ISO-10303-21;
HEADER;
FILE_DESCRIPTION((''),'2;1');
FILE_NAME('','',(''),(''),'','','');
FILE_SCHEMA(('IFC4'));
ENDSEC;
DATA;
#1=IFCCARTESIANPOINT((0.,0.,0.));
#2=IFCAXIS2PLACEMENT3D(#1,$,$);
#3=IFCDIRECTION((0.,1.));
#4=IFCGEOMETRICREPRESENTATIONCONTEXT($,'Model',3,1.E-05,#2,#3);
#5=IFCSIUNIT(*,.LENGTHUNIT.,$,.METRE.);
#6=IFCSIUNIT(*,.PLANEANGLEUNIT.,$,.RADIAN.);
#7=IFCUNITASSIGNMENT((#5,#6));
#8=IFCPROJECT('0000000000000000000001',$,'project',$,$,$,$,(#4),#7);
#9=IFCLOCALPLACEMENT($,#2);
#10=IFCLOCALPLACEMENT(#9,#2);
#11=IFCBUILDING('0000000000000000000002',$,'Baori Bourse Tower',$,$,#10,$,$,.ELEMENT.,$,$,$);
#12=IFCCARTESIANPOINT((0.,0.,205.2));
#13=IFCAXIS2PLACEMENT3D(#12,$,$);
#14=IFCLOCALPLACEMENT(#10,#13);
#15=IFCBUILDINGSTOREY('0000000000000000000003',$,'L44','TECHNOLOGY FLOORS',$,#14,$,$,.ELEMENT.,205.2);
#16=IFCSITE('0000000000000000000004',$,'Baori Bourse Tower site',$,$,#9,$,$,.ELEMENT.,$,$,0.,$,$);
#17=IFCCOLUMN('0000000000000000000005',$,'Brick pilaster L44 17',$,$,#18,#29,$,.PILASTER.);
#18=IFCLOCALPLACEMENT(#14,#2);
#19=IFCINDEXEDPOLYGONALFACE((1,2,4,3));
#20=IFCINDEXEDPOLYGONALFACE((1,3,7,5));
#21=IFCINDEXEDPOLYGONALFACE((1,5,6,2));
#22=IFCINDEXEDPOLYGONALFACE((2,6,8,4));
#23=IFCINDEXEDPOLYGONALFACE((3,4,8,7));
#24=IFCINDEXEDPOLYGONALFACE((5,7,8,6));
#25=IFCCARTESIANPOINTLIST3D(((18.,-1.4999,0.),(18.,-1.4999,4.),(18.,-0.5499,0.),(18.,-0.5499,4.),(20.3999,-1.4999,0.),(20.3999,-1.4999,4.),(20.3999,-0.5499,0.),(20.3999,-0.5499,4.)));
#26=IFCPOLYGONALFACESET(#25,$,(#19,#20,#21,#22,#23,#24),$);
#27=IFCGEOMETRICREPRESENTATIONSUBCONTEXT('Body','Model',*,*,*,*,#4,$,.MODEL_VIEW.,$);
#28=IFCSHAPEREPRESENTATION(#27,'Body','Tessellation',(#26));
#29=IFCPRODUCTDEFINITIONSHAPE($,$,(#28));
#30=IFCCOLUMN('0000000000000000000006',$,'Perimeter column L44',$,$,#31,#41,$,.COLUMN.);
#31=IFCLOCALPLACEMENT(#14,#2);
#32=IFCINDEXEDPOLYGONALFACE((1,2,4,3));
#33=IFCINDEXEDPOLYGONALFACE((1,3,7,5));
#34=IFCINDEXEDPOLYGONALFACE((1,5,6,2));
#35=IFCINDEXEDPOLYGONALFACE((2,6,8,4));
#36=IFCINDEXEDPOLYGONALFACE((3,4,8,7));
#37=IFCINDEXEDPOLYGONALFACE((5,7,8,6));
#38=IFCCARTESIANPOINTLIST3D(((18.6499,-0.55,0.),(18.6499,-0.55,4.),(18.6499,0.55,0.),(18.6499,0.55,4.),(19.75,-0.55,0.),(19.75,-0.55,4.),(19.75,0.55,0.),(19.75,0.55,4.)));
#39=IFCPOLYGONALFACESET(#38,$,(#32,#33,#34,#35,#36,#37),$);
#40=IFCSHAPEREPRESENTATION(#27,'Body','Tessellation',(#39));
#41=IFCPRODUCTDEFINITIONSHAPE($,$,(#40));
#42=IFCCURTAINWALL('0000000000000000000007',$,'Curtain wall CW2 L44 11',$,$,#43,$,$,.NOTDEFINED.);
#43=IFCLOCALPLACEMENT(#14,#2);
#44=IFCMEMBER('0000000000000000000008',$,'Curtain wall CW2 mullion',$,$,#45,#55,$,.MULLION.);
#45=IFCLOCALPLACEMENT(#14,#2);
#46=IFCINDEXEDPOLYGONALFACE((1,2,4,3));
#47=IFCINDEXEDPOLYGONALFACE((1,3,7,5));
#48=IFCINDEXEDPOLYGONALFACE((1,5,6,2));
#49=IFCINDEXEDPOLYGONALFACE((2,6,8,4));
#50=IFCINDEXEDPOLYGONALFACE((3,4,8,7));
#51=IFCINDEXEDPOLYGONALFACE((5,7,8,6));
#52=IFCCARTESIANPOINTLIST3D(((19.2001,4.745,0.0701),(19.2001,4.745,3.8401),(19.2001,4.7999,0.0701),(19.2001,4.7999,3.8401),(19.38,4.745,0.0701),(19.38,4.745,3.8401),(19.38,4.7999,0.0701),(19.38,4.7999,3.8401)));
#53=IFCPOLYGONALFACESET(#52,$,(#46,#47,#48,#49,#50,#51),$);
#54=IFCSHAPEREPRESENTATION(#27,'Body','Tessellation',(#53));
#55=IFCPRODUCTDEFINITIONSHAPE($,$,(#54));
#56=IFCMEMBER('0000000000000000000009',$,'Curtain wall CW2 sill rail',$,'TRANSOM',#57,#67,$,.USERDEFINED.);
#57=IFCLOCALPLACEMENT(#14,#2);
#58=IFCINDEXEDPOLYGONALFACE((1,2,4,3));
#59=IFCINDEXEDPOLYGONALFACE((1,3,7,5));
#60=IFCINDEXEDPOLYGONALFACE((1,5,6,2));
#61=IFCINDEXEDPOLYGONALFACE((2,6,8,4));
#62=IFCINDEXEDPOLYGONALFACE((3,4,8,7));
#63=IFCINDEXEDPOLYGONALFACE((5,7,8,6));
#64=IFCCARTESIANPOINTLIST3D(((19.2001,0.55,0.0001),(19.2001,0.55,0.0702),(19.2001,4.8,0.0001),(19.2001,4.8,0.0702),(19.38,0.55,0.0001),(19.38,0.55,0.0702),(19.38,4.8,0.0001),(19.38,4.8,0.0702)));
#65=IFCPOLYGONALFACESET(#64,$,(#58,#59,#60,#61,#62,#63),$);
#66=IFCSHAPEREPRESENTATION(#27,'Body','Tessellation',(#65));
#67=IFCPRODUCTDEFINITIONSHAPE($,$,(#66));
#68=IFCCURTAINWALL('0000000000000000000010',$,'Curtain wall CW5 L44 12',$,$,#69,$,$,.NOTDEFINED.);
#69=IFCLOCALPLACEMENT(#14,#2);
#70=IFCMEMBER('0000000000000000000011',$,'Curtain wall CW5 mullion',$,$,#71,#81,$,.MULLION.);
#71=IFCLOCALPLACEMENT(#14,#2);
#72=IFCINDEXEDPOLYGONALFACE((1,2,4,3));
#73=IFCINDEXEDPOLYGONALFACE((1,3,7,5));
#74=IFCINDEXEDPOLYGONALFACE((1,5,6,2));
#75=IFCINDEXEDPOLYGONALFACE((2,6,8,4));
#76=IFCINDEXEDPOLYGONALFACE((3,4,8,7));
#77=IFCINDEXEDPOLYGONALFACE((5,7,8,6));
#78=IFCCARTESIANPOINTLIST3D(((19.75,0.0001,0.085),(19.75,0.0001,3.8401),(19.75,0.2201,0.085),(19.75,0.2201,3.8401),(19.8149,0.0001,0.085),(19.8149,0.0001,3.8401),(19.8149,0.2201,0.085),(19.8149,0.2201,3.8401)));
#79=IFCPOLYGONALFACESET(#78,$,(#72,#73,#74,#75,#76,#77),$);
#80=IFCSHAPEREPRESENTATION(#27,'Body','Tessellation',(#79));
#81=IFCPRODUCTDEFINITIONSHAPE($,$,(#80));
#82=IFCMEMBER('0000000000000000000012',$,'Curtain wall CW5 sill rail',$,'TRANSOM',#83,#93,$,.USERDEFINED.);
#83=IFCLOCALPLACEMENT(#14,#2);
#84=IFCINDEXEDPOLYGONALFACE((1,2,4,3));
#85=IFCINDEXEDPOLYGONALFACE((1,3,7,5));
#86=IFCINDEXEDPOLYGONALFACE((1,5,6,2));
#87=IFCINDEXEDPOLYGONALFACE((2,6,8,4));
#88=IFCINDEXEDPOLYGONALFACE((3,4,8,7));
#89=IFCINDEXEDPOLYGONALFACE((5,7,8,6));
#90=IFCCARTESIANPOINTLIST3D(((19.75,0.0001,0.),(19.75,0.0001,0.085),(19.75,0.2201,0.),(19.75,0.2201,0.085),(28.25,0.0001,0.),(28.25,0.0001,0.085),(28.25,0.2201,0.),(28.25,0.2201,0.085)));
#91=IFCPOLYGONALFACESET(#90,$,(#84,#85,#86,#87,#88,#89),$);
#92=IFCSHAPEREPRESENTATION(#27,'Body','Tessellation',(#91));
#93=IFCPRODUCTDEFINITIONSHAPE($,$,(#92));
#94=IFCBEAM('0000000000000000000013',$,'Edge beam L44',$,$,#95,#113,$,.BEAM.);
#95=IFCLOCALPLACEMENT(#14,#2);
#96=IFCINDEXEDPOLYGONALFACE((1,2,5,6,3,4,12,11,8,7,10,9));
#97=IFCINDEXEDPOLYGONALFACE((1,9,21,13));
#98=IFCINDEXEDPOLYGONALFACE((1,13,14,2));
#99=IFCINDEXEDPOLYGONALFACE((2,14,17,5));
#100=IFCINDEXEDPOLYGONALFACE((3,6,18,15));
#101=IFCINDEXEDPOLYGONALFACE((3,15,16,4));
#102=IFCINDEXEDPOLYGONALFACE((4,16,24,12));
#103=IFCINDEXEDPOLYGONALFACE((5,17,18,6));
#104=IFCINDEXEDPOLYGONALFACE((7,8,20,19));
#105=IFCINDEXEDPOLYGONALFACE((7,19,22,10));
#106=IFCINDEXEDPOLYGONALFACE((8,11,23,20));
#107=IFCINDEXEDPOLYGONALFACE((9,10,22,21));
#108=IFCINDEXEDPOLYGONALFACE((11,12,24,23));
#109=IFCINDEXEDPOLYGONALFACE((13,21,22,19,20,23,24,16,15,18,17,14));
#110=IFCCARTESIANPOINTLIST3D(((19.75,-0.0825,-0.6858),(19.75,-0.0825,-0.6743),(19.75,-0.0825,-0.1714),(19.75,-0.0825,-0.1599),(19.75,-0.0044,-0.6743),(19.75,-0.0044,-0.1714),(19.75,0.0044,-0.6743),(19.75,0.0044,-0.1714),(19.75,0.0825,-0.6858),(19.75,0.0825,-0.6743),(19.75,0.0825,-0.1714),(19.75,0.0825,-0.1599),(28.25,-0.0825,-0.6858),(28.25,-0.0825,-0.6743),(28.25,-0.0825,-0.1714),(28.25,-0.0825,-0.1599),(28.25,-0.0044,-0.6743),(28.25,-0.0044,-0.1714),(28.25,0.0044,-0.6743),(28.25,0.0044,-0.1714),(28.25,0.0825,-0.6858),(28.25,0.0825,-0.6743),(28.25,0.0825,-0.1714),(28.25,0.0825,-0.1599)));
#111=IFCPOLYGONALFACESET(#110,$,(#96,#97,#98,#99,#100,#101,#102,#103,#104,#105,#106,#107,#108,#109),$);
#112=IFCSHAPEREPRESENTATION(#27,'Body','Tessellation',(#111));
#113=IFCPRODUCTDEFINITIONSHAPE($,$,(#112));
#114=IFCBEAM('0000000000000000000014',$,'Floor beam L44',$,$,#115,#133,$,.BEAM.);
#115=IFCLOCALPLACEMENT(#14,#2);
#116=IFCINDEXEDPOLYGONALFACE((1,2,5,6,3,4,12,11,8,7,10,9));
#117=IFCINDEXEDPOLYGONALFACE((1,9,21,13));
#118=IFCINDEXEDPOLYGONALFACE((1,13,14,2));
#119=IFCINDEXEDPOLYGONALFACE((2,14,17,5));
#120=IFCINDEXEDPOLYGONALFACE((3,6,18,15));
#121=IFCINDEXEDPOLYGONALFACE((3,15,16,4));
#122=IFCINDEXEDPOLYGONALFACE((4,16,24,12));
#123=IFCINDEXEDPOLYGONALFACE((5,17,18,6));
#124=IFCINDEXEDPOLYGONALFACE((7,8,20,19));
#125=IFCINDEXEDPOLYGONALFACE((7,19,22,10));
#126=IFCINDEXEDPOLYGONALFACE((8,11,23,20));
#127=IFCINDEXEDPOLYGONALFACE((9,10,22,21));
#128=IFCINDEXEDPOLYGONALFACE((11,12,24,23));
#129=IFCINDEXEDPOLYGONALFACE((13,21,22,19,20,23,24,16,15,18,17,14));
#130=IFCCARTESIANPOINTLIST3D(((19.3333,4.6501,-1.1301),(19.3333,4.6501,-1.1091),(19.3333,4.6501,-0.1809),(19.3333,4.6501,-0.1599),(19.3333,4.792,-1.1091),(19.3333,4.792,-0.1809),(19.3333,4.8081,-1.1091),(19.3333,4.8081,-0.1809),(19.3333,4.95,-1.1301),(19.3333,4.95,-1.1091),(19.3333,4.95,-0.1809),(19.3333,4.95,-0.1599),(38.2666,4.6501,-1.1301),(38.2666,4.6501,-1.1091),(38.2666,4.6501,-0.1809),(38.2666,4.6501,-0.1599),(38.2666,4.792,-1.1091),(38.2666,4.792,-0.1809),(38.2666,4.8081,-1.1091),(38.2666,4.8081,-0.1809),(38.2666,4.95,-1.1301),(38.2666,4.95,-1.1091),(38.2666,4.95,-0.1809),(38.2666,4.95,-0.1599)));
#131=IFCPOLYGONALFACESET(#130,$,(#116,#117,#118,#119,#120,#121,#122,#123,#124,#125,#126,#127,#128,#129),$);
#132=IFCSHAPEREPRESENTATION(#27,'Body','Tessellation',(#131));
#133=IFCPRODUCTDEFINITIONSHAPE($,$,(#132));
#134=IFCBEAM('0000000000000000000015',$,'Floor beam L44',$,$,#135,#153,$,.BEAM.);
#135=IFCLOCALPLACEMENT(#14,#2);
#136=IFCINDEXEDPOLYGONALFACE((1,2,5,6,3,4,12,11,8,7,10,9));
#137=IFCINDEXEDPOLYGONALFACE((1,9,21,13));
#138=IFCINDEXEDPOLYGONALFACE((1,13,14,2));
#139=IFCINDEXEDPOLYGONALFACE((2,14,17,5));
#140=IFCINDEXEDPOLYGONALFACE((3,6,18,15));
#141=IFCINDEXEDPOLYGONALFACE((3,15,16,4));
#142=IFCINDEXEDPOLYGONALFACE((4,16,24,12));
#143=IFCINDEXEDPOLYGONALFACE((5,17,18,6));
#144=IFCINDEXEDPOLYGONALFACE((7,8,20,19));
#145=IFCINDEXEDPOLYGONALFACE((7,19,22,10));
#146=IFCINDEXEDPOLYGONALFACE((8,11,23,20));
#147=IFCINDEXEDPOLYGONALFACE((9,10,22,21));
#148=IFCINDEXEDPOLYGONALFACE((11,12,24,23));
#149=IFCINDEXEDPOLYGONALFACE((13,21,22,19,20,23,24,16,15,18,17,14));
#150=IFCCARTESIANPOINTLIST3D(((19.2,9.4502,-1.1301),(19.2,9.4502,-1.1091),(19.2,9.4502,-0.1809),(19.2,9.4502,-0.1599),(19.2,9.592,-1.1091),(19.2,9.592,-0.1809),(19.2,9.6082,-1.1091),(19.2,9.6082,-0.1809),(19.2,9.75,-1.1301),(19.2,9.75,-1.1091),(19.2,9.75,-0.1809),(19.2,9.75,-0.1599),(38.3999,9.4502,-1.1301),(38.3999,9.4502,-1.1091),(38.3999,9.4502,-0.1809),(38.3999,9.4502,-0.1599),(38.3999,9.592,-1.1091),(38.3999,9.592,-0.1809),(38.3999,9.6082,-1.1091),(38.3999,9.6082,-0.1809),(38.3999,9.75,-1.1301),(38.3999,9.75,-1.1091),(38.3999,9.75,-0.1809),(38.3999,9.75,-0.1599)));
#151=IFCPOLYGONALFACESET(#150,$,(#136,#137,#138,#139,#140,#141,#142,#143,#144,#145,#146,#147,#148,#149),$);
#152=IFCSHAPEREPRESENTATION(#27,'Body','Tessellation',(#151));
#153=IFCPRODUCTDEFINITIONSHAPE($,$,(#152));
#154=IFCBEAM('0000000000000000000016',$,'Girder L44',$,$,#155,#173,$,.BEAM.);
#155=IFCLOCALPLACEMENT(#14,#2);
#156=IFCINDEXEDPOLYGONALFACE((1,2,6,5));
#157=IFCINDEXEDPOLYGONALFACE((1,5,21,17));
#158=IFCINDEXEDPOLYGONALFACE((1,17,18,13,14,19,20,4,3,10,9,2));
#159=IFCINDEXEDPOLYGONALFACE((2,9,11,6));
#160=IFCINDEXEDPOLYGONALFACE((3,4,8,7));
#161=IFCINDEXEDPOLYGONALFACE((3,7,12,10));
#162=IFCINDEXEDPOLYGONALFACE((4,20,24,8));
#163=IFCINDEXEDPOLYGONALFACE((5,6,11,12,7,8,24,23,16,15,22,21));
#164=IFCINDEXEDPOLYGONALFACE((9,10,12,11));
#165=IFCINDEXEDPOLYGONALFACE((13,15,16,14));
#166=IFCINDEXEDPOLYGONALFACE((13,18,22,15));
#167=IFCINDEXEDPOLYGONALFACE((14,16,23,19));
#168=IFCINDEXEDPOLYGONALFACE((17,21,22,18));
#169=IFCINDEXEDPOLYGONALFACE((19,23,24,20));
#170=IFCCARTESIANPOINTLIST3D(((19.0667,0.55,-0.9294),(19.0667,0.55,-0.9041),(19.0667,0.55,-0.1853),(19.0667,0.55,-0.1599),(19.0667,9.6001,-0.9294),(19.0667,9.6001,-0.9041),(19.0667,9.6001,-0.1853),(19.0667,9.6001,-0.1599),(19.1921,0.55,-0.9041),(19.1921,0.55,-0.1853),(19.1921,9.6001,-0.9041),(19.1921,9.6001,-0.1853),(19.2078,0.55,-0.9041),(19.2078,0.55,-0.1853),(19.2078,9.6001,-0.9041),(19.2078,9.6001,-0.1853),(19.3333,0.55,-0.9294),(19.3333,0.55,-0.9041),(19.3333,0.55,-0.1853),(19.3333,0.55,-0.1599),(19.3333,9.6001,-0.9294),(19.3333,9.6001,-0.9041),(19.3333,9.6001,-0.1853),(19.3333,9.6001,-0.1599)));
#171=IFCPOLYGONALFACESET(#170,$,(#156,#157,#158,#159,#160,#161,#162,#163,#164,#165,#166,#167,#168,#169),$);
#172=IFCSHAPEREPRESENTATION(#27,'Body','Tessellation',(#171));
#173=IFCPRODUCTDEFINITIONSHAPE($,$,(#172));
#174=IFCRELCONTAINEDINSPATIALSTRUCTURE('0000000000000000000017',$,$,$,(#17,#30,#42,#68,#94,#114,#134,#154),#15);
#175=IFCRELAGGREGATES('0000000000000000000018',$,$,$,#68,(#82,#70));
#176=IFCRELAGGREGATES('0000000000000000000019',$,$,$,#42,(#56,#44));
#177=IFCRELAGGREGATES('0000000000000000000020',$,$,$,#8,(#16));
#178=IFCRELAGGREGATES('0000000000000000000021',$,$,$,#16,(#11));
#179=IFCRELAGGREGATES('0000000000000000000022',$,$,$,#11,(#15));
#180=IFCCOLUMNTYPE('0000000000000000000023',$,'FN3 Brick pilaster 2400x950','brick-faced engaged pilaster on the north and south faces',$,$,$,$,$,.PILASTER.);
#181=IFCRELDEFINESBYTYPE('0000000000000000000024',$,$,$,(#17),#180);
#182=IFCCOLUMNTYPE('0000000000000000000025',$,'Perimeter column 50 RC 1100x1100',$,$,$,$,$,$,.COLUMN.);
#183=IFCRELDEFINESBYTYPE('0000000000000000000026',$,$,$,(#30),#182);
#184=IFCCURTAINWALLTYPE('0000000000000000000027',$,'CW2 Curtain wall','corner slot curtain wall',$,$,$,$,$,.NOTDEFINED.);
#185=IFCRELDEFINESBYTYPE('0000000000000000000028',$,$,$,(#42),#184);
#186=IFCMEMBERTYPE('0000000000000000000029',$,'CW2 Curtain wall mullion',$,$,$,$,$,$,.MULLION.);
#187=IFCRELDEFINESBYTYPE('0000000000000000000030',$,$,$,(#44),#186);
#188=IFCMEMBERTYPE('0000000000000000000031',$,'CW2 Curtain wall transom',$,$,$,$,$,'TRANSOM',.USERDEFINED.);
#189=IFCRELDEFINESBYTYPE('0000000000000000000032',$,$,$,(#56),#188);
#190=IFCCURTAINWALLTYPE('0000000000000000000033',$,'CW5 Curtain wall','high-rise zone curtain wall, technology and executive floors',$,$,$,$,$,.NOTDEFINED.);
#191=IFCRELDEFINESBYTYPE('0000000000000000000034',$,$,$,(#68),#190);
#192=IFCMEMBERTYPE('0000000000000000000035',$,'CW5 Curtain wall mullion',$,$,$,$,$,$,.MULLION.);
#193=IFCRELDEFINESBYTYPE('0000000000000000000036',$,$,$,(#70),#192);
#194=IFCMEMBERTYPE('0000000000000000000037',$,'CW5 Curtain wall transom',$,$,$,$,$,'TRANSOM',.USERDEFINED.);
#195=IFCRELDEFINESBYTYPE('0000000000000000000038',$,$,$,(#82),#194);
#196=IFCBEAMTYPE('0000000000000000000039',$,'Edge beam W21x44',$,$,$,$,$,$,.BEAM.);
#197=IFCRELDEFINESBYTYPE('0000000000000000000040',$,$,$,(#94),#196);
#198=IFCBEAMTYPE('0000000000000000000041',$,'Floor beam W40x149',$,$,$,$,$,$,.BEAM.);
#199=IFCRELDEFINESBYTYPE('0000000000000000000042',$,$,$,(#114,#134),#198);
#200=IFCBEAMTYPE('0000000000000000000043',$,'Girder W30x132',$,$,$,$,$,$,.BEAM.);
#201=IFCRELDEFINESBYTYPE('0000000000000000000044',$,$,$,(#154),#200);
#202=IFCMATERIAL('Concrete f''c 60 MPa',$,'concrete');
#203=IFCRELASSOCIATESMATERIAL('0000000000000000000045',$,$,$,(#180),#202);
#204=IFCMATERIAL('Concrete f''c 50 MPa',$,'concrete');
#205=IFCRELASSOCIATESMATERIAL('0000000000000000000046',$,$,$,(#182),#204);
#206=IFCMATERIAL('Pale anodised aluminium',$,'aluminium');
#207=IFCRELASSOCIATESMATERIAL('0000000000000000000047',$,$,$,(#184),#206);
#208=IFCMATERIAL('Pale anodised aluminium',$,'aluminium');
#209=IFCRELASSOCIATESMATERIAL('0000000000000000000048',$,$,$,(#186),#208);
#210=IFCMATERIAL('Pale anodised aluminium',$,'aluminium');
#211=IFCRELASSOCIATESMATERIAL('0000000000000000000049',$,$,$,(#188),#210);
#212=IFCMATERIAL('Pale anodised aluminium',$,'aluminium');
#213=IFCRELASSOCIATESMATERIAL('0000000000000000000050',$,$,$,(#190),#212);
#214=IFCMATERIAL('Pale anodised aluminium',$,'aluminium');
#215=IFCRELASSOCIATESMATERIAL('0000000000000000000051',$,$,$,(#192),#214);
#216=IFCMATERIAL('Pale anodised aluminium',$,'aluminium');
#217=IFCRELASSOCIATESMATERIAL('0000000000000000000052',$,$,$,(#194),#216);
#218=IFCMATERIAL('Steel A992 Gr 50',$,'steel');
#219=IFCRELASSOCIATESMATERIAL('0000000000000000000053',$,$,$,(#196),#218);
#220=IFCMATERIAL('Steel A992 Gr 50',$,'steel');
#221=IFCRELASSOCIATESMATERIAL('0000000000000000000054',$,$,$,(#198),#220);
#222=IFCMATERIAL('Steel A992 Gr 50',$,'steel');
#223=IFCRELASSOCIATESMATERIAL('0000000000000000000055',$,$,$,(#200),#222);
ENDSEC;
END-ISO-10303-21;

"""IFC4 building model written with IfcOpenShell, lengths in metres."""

from ifc_helpers import new_model, si_unit, direction, frame, origin, origin_2d, place, context, subcontext, project, spatial, rectangle, i_section, extrude, material, material_profile, profile_set, type_object, element, aggregate, save


model = new_model("IFC4")

# Units and contexts
model_context = context("Model", 3, precision=1e-05, world=origin(), true_north=direction((0.0, 1.0)))
body_context = subcontext(model_context, "Body", "Model", "MODEL_VIEW")
ifc_project = project(units=[si_unit("LENGTHUNIT", "METRE"), si_unit("PLANEANGLEUNIT", "RADIAN")], contexts=[model_context])

# Site, building, storey
site_placement = place(None, origin())
site = spatial("IfcSite", under=ifc_project, at=site_placement, Name="Baori Bourse Tower site", CompositionType="ELEMENT", RefElevation=0.0)
building_placement = place(site_placement, origin())
building = spatial("IfcBuilding", under=site, at=building_placement, Name="Baori Bourse Tower", CompositionType="ELEMENT")
storey_placement = place(building_placement, frame((0.0, 0.0, 205.2)))
storey = spatial("IfcBuildingStorey", under=building, at=storey_placement, Name="L44", Description="TECHNOLOGY FLOORS", CompositionType="ELEMENT", Elevation=205.2)

# Columns
ifc_material_1 = material(Name="Concrete f'c 60 MPa", Category="concrete")
ifc_material_profile_1 = material_profile(ifc_material_1, rectangle(XDim=2.3999, YDim=0.95, at=origin_2d()), Name="RC 2400x950")
ifc_profile_set_1 = profile_set([ifc_material_profile_1], Name="Concrete f'c 60 MPa")
column_type_1 = type_object("IfcColumnType", Name="FN3 Brick pilaster 2400x950", Description="brick-faced engaged pilaster on the north and south faces", PredefinedType="PILASTER", material=ifc_profile_set_1)
column_1_placement = place(storey_placement, frame((19.2, -1.0249, 0.0), z_axis=(0.0, 0.0, 1.0), x_axis=(1.0, 0.0, 0.0)))
element("IfcColumn", 1, at=column_1_placement, inside=storey, type_object=column_type_1, Name="Brick pilaster L44 17", PredefinedType="PILASTER", context=body_context, shape_type="SweptSolid", body=[
    extrude(rectangle(XDim=2.3999, YDim=0.95, at=origin_2d()), origin(), (0.0, 0.0, 1.0), 4.0),
])
ifc_material_2 = material(Name="Concrete f'c 50 MPa", Category="concrete")
ifc_material_profile_2 = material_profile(ifc_material_2, rectangle(XDim=1.1001, YDim=1.1001, at=origin_2d()), Name="RC 1100x1100")
ifc_profile_set_2 = profile_set([ifc_material_profile_2], Name="Concrete f'c 50 MPa")
column_type_2 = type_object("IfcColumnType", Name="Perimeter column 50 RC 1100x1100", PredefinedType="COLUMN", material=ifc_profile_set_2)
column_2_placement = place(storey_placement, frame((19.2, 0.0, 0.0), z_axis=(0.0, 0.0, 1.0), x_axis=(1.0, 0.0, 0.0)))
element("IfcColumn", 2, at=column_2_placement, inside=storey, type_object=column_type_2, Name="Perimeter column L44", PredefinedType="COLUMN", context=body_context, shape_type="SweptSolid", body=[
    extrude(rectangle(XDim=1.1001, YDim=1.1001, at=origin_2d()), origin(), (0.0, 0.0, 1.0), 4.0),
])

# Curtain walls, members
ifc_material_3 = material(Name="Pale anodised aluminium", Category="aluminium")
curtain_wall_type_1 = type_object("IfcCurtainWallType", Name="CW2 Curtain wall", Description="corner slot curtain wall", PredefinedType="NOTDEFINED", material=ifc_material_3)
curtain_wall_1_placement = place(storey_placement, origin())
curtain_wall_1 = element("IfcCurtainWall", 3, at=curtain_wall_1_placement, inside=storey, type_object=curtain_wall_type_1, Name="Curtain wall CW2 L44 11", PredefinedType="NOTDEFINED")
ifc_material_4 = material(Name="Pale anodised aluminium", Category="aluminium")
ifc_material_profile_3 = material_profile(ifc_material_4, rectangle(XDim=0.1799, YDim=0.0549, at=origin_2d()), Name="Mullion 55x180")
ifc_profile_set_3 = profile_set([ifc_material_profile_3], Name="Pale anodised aluminium")
member_type_1 = type_object("IfcMemberType", Name="CW2 Curtain wall mullion", PredefinedType="MULLION", material=ifc_profile_set_3)
member_1_placement = place(storey_placement, frame((19.29, 4.7725, 0.0701), z_axis=(0.0, 0.0, 1.0), x_axis=(1.0, 0.0, 0.0)))
member_1 = element("IfcMember", 4, at=member_1_placement, type_object=member_type_1, Name="Curtain wall CW2 mullion", PredefinedType="MULLION", context=body_context, shape_type="SweptSolid", body=[
    extrude(rectangle(XDim=0.1799, YDim=0.0549, at=origin_2d()), origin(), (0.0, 0.0, 1.0), 3.77),
])
ifc_material_5 = material(Name="Pale anodised aluminium", Category="aluminium")
ifc_material_profile_4 = material_profile(ifc_material_5, rectangle(XDim=0.1799, YDim=0.0701, at=origin_2d()), Name="Transom 70x180")
ifc_profile_set_4 = profile_set([ifc_material_profile_4], Name="Pale anodised aluminium")
member_type_2 = type_object("IfcMemberType", Name="CW2 Curtain wall transom", ElementType="TRANSOM", PredefinedType="USERDEFINED", material=ifc_profile_set_4)
member_2_placement = place(storey_placement, frame((19.29, 4.8, 0.0352), z_axis=(0.0, -1.0, 0.0), x_axis=(1.0, 0.0, 0.0)))
member_2 = element("IfcMember", 5, at=member_2_placement, type_object=member_type_2, Name="Curtain wall CW2 sill rail", ObjectType="TRANSOM", PredefinedType="USERDEFINED", context=body_context, shape_type="SweptSolid", body=[
    extrude(rectangle(XDim=0.1799, YDim=0.0701, at=origin_2d()), origin(), (0.0, 0.0, 1.0), 4.25),
])
ifc_material_6 = material(Name="Pale anodised aluminium", Category="aluminium")
curtain_wall_type_2 = type_object("IfcCurtainWallType", Name="CW5 Curtain wall", Description="high-rise zone curtain wall, technology and executive floors", PredefinedType="NOTDEFINED", material=ifc_material_6)
curtain_wall_2_placement = place(storey_placement, origin())
curtain_wall_2 = element("IfcCurtainWall", 6, at=curtain_wall_2_placement, inside=storey, type_object=curtain_wall_type_2, Name="Curtain wall CW5 L44 12", PredefinedType="NOTDEFINED")
ifc_material_7 = material(Name="Pale anodised aluminium", Category="aluminium")
ifc_material_profile_5 = material_profile(ifc_material_7, rectangle(XDim=0.22, YDim=0.0649, at=origin_2d()), Name="Mullion 65x220")
ifc_profile_set_5 = profile_set([ifc_material_profile_5], Name="Pale anodised aluminium")
member_type_3 = type_object("IfcMemberType", Name="CW5 Curtain wall mullion", PredefinedType="MULLION", material=ifc_profile_set_5)
member_3_placement = place(storey_placement, frame((19.7825, 0.1101, 0.085), z_axis=(0.0, 0.0, 1.0), x_axis=(0.0, 1.0, 0.0)))
member_3 = element("IfcMember", 7, at=member_3_placement, type_object=member_type_3, Name="Curtain wall CW5 mullion", PredefinedType="MULLION", context=body_context, shape_type="SweptSolid", body=[
    extrude(rectangle(XDim=0.22, YDim=0.0649, at=origin_2d()), origin(), (0.0, 0.0, 1.0), 3.7551),
])
ifc_material_8 = material(Name="Pale anodised aluminium", Category="aluminium")
ifc_material_profile_6 = material_profile(ifc_material_8, rectangle(XDim=0.22, YDim=0.085, at=origin_2d()), Name="Transom 85x220")
ifc_profile_set_6 = profile_set([ifc_material_profile_6], Name="Pale anodised aluminium")
member_type_4 = type_object("IfcMemberType", Name="CW5 Curtain wall transom", ElementType="TRANSOM", PredefinedType="USERDEFINED", material=ifc_profile_set_6)
member_4_placement = place(storey_placement, frame((19.75, 0.1101, 0.0425), z_axis=(1.0, 0.0, 0.0), x_axis=(0.0, 1.0, 0.0)))
member_4 = element("IfcMember", 8, at=member_4_placement, type_object=member_type_4, Name="Curtain wall CW5 sill rail", ObjectType="TRANSOM", PredefinedType="USERDEFINED", context=body_context, shape_type="SweptSolid", body=[
    extrude(rectangle(XDim=0.22, YDim=0.085, at=origin_2d()), origin(), (0.0, 0.0, 1.0), 8.5),
])
aggregate(curtain_wall_2, [member_4, member_3])

# Beams
ifc_material_9 = material(Name="Steel A992 Gr 50", Category="steel")
ifc_material_profile_7 = material_profile(ifc_material_9, i_section(OverallWidth=0.165, OverallDepth=0.5259, WebThickness=0.0088, FlangeThickness=0.0115, at=origin_2d()), Name="W21x44")
ifc_profile_set_7 = profile_set([ifc_material_profile_7], Name="Steel A992 Gr 50")
beam_type_1 = type_object("IfcBeamType", Name="Edge beam W21x44", PredefinedType="BEAM", material=ifc_profile_set_7)
beam_1_placement = place(storey_placement, frame((19.75, 0.0, -0.4229), z_axis=(1.0, 0.0, 0.0), x_axis=(0.0, 1.0, 0.0)))
element("IfcBeam", 9, at=beam_1_placement, inside=storey, type_object=beam_type_1, Name="Edge beam L44", PredefinedType="BEAM", context=body_context, shape_type="SweptSolid", body=[
    extrude(i_section(OverallWidth=0.165, OverallDepth=0.5259, WebThickness=0.0088, FlangeThickness=0.0115, at=origin_2d()), origin(), (0.0, 0.0, 1.0), 8.5),
])
ifc_material_10 = material(Name="Steel A992 Gr 50", Category="steel")
ifc_material_profile_8 = material_profile(ifc_material_10, i_section(OverallWidth=0.2998, OverallDepth=0.9702, WebThickness=0.0161, FlangeThickness=0.021, at=origin_2d()), Name="W40x149")
ifc_profile_set_8 = profile_set([ifc_material_profile_8], Name="Steel A992 Gr 50")
beam_type_2 = type_object("IfcBeamType", Name="Floor beam W40x149", PredefinedType="BEAM", material=ifc_profile_set_8)
beam_2_placement = place(storey_placement, frame((19.3333, 4.8, -0.645), z_axis=(1.0, 0.0, 0.0), x_axis=(0.0, 1.0, 0.0)))
element("IfcBeam", 10, at=beam_2_placement, inside=storey, type_object=beam_type_2, Name="Floor beam L44", PredefinedType="BEAM", context=body_context, shape_type="SweptSolid", body=[
    extrude(i_section(OverallWidth=0.2998, OverallDepth=0.9702, WebThickness=0.0161, FlangeThickness=0.021, at=origin_2d()), origin(), (0.0, 0.0, 1.0), 18.9333),
])
beam_3_placement = place(storey_placement, frame((19.2, 9.6001, -0.645), z_axis=(1.0, 0.0, 0.0), x_axis=(0.0, 1.0, 0.0)))
element("IfcBeam", 11, at=beam_3_placement, inside=storey, type_object=beam_type_2, Name="Floor beam L44", PredefinedType="BEAM", context=body_context, shape_type="SweptSolid", body=[
    extrude(i_section(OverallWidth=0.2998, OverallDepth=0.9702, WebThickness=0.0161, FlangeThickness=0.021, at=origin_2d()), origin(), (0.0, 0.0, 1.0), 19.2),
])
ifc_material_11 = material(Name="Steel A992 Gr 50", Category="steel")
ifc_material_profile_9 = material_profile(ifc_material_11, i_section(OverallWidth=0.2666, OverallDepth=0.7695, WebThickness=0.0156, FlangeThickness=0.0254, at=origin_2d()), Name="W30x132")
ifc_profile_set_9 = profile_set([ifc_material_profile_9], Name="Steel A992 Gr 50")
beam_type_3 = type_object("IfcBeamType", Name="Girder W30x132", PredefinedType="BEAM", material=ifc_profile_set_9)
beam_4_placement = place(storey_placement, frame((19.2, 0.55, -0.5447), z_axis=(0.0, 1.0, 0.0), x_axis=(-1.0, 0.0, 0.0)))
element("IfcBeam", 12, at=beam_4_placement, inside=storey, type_object=beam_type_3, Name="Girder L44", PredefinedType="BEAM", context=body_context, shape_type="SweptSolid", body=[
    extrude(i_section(OverallWidth=0.2666, OverallDepth=0.7695, WebThickness=0.0156, FlangeThickness=0.0254, at=origin_2d()), origin(), (0.0, 0.0, 1.0), 9.05),
])

aggregate(curtain_wall_1, [member_2, member_1])

save(model, "model.ifc")
